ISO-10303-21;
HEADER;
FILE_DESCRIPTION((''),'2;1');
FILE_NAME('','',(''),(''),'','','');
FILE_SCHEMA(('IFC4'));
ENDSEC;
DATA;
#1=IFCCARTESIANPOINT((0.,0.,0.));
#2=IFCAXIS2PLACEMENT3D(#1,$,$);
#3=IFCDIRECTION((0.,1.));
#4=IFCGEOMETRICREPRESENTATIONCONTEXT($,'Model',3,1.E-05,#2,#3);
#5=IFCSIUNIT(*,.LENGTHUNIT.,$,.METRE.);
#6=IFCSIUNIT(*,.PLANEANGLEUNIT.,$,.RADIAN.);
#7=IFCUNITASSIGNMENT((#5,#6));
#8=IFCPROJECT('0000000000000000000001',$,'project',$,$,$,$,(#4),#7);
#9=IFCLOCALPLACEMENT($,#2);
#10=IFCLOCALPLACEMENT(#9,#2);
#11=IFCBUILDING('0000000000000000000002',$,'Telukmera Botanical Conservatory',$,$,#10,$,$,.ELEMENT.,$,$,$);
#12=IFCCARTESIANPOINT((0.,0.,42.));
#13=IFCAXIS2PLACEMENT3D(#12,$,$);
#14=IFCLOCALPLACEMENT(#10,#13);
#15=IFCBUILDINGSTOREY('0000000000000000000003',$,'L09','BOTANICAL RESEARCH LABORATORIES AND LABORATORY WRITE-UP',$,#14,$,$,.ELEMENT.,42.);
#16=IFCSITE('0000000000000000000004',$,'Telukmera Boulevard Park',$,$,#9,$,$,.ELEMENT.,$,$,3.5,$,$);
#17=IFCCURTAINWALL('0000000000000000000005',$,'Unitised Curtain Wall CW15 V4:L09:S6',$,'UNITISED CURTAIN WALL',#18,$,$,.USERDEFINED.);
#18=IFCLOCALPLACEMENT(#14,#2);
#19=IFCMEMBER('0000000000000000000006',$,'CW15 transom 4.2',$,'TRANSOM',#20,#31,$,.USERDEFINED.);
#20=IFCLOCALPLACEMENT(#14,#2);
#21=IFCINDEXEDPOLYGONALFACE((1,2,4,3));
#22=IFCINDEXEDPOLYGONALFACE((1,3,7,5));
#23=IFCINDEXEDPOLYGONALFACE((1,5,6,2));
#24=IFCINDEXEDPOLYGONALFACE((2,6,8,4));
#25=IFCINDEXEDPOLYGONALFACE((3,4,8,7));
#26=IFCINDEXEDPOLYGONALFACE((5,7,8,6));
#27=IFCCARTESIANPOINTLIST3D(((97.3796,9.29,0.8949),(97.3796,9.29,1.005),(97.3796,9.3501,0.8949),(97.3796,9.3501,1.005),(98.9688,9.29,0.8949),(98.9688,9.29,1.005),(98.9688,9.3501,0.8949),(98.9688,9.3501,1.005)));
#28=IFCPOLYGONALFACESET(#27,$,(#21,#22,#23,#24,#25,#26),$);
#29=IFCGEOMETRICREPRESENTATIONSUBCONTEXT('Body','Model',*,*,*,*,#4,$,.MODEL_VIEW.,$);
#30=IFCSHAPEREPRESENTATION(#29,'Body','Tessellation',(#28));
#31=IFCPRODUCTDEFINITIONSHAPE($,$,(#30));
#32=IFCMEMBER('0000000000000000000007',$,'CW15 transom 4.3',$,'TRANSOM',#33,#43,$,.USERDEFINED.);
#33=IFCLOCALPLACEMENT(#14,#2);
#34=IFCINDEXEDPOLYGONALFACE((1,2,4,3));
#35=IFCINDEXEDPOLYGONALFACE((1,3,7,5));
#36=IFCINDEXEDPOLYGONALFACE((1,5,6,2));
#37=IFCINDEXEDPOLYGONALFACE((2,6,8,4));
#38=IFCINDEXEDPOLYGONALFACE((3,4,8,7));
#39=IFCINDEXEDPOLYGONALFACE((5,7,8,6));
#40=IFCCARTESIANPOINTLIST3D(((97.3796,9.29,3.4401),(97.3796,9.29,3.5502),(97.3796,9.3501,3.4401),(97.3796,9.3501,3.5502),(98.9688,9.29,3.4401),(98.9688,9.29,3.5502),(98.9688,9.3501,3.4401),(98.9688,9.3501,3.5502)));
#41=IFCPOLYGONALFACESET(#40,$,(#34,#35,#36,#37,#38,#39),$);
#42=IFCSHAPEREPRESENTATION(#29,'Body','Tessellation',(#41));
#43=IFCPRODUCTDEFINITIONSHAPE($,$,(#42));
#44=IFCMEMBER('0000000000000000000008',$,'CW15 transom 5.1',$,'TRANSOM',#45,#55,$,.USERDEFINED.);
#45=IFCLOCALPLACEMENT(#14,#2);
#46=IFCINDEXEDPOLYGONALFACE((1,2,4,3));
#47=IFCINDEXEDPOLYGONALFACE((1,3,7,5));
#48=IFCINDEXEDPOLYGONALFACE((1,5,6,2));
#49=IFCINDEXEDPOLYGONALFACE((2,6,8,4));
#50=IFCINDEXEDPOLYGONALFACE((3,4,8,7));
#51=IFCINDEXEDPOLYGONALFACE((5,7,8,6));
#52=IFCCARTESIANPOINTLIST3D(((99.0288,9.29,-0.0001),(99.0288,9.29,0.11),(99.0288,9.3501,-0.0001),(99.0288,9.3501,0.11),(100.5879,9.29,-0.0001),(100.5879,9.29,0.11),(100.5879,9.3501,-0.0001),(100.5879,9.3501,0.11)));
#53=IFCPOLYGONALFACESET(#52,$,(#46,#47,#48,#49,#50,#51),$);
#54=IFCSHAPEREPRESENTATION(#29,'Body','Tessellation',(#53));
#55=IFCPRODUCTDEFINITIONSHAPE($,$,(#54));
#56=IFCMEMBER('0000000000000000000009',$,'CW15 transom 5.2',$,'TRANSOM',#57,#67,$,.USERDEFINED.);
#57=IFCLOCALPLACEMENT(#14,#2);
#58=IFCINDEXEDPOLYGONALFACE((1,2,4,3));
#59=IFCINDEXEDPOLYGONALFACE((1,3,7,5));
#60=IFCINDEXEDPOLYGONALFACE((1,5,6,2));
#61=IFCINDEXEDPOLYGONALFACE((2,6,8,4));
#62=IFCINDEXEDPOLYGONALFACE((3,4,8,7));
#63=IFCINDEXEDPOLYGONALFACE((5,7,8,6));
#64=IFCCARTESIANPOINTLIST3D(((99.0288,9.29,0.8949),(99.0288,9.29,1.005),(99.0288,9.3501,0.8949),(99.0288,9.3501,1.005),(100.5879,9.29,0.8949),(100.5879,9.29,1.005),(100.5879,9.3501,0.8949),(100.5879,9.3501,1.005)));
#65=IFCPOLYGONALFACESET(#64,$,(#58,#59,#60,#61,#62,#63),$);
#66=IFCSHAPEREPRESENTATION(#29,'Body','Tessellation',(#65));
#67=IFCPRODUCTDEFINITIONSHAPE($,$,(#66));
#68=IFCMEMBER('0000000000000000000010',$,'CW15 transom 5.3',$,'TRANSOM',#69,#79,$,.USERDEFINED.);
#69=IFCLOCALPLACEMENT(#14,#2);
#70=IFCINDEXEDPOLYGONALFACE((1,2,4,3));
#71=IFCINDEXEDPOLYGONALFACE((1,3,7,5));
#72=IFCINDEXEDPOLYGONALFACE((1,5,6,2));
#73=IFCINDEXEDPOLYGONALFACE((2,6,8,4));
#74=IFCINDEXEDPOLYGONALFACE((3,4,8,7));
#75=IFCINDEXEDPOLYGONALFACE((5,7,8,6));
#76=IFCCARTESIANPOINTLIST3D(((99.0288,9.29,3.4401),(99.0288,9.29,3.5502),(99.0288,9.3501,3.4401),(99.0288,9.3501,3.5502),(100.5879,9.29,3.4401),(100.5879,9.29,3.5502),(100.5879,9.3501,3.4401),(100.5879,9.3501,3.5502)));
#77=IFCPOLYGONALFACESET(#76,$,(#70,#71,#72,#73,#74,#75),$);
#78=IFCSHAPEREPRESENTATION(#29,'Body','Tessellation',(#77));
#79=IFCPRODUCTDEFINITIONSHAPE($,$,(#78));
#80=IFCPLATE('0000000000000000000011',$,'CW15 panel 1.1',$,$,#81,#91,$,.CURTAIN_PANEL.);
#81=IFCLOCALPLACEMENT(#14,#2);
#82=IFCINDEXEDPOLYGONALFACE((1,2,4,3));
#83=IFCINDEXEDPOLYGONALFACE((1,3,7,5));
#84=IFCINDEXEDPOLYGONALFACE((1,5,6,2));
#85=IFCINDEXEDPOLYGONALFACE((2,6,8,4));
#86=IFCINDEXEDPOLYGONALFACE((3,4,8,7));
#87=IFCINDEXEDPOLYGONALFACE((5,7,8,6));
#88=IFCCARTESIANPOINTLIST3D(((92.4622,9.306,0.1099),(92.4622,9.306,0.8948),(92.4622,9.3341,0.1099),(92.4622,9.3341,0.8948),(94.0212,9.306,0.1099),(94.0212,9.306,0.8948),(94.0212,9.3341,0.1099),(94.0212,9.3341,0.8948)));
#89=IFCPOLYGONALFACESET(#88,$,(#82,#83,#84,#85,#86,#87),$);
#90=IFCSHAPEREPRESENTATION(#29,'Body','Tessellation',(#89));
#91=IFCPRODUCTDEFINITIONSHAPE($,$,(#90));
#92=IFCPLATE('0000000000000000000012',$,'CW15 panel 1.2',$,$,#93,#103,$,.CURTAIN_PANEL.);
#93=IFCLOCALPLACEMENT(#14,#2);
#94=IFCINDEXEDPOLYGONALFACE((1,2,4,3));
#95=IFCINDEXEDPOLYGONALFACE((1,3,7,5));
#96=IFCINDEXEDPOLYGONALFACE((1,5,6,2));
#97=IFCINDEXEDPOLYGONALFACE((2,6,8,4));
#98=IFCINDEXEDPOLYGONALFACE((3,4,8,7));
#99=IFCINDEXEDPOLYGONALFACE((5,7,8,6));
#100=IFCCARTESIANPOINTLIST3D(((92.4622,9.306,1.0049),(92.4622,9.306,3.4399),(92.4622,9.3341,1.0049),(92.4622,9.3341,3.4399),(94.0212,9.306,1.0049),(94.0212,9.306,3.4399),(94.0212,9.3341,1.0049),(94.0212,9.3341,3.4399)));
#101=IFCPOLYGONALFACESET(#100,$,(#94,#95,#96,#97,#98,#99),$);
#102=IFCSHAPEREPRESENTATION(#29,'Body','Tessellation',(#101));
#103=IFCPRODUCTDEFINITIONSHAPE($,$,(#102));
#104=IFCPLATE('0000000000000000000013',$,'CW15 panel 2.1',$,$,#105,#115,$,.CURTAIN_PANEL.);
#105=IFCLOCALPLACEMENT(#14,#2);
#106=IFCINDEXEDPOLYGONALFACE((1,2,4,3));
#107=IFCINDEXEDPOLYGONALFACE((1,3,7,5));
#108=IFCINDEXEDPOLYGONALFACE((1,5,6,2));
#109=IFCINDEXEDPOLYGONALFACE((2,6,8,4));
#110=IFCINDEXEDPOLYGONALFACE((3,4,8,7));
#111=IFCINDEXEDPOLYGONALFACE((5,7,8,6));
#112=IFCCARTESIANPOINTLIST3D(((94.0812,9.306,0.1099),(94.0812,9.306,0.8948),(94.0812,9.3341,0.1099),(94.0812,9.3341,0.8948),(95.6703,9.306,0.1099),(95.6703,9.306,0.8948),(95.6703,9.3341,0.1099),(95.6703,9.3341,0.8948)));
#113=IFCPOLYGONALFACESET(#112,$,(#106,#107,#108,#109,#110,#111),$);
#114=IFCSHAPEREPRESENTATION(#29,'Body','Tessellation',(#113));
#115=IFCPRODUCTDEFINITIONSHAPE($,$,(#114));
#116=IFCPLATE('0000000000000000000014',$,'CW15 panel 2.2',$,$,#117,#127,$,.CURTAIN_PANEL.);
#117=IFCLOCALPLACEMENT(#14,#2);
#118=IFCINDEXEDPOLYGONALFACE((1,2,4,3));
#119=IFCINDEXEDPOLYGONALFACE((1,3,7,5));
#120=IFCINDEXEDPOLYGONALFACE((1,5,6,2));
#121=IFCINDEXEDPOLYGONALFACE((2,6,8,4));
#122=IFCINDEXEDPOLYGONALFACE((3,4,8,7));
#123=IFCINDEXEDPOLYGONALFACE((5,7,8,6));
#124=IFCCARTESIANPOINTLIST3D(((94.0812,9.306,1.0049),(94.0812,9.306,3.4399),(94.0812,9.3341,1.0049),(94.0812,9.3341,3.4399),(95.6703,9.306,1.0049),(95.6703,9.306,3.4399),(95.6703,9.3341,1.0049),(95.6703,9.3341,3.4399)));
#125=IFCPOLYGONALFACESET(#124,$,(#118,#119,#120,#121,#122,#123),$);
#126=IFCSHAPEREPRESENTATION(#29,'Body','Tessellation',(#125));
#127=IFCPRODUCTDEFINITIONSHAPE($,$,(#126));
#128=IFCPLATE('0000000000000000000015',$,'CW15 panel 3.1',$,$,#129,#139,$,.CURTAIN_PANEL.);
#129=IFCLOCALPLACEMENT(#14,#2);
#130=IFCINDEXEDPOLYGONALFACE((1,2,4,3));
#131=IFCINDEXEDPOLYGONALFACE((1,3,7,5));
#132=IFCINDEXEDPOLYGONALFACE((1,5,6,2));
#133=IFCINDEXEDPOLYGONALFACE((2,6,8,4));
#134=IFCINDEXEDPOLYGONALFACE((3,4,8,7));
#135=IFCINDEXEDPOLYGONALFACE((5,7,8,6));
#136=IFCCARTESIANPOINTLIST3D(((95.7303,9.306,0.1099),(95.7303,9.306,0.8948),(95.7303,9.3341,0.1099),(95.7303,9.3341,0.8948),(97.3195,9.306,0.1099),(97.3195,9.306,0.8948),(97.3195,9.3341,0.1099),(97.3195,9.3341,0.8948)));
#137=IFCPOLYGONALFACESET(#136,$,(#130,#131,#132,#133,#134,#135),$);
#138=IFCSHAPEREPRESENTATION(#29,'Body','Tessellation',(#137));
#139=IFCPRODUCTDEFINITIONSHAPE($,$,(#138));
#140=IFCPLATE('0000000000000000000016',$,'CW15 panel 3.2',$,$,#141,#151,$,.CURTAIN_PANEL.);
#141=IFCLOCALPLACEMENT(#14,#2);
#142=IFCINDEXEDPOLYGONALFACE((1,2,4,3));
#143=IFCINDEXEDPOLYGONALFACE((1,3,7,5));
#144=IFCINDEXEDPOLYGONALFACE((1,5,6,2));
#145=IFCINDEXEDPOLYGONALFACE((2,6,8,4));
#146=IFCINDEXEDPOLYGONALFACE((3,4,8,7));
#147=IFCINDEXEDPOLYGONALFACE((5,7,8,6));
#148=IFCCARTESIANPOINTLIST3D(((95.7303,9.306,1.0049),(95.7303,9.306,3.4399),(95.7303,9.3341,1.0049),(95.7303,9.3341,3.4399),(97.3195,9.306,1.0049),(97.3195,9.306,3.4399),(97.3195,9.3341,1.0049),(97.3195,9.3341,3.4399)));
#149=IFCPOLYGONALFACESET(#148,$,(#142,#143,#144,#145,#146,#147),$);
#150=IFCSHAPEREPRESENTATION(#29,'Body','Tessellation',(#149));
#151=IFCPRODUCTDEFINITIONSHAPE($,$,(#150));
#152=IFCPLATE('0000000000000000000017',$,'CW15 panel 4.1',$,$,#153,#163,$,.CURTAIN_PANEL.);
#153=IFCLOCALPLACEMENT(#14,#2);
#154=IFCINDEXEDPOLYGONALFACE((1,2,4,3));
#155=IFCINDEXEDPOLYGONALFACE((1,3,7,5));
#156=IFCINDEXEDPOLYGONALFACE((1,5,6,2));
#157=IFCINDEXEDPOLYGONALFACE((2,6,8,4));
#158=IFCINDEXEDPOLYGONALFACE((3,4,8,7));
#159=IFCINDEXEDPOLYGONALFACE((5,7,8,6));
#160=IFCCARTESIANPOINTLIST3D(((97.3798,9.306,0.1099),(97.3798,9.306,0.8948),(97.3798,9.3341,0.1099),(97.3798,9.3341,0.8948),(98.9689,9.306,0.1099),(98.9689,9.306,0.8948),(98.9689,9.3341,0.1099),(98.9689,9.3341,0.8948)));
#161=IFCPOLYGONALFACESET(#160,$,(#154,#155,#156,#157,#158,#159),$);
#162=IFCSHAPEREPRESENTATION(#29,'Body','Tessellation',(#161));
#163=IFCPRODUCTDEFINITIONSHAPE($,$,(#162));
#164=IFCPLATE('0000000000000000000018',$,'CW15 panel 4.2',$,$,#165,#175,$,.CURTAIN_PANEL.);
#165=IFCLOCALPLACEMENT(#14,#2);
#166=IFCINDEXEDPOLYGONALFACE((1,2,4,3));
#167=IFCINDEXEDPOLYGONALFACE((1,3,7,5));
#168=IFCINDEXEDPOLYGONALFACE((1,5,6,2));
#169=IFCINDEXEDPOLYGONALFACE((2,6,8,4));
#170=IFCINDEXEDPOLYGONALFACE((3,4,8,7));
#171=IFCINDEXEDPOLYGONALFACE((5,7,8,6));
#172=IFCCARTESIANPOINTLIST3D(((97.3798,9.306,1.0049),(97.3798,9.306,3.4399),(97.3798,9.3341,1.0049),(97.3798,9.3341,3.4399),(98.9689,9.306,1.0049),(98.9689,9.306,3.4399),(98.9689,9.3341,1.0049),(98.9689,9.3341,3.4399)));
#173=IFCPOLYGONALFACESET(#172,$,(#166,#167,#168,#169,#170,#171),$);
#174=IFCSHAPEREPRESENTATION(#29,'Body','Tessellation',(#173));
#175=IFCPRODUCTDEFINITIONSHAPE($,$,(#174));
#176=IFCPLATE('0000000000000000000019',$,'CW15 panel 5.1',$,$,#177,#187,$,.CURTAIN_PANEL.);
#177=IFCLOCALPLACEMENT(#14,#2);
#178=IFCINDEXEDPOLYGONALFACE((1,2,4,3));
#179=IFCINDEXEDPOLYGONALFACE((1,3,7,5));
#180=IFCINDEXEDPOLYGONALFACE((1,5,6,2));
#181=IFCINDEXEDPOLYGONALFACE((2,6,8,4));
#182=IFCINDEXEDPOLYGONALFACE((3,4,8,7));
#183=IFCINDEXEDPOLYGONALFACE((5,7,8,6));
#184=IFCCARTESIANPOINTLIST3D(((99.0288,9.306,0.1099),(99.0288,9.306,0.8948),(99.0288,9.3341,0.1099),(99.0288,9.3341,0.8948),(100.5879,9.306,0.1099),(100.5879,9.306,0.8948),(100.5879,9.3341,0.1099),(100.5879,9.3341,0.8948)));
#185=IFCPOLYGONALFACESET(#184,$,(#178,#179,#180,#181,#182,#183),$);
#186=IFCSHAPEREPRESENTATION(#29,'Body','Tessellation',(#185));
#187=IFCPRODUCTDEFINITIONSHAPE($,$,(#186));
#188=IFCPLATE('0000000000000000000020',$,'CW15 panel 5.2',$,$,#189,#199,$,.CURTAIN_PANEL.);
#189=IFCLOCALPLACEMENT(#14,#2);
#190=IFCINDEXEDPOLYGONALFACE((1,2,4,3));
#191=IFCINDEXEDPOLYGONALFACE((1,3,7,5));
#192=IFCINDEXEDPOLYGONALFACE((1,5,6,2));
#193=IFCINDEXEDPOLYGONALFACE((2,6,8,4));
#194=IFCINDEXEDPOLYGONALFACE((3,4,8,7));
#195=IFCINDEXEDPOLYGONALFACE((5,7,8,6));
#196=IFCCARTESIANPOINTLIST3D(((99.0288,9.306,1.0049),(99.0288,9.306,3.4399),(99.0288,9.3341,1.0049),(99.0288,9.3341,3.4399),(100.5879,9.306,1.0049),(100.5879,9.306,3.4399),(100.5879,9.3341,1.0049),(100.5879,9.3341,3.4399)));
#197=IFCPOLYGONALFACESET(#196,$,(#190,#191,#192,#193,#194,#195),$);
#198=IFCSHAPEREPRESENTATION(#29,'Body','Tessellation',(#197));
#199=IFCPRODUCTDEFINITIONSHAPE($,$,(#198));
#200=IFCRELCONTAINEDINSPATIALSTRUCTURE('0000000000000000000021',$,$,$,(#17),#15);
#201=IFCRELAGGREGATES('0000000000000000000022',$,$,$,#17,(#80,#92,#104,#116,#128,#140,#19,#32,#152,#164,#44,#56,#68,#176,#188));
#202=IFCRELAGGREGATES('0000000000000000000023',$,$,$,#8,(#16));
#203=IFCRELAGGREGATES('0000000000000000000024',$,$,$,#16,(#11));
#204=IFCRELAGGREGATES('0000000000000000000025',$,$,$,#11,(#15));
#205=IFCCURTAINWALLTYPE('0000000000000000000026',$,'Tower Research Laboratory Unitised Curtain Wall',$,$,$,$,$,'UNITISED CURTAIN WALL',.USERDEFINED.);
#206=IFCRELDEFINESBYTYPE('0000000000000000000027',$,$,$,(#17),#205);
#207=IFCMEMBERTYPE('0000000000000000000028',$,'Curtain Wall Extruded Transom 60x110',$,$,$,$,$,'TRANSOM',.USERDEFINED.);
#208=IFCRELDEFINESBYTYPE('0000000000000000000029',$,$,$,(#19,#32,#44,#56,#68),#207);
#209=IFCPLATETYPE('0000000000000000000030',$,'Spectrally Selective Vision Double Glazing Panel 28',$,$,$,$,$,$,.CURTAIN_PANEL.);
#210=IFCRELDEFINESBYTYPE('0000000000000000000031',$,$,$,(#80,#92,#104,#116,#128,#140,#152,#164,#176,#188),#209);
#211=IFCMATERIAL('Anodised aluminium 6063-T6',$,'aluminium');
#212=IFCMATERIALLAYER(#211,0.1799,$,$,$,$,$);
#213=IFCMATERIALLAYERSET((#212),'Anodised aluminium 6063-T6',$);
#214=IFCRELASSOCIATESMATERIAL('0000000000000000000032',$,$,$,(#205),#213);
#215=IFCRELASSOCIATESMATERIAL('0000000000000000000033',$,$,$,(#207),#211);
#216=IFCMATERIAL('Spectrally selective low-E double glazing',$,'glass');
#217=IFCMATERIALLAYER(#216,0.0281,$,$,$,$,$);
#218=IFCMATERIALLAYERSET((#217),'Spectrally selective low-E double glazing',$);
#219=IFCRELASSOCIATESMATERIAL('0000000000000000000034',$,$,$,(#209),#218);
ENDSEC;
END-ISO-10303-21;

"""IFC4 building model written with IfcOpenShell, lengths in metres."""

from ifc_helpers import new_model, si_unit, direction, frame, origin, origin_2d, place, context, subcontext, project, spatial, rectangle, extrude, material, layer, layer_set, material_profile, profile_set, type_object, element, aggregate, save


model = new_model("IFC4")

# Units and contexts
model_context = context("Model", 3, precision=1e-05, world=origin(), true_north=direction((0.0, 1.0)))
body_context = subcontext(model_context, "Body", "Model", "MODEL_VIEW")
ifc_project = project(units=[si_unit("LENGTHUNIT", "METRE"), si_unit("PLANEANGLEUNIT", "RADIAN")], contexts=[model_context])

# Site, building, storey
site_placement = place(None, origin())
site = spatial("IfcSite", under=ifc_project, at=site_placement, Name="Telukmera Boulevard Park", CompositionType="ELEMENT", RefElevation=3.5)
building_placement = place(site_placement, origin())
building = spatial("IfcBuilding", under=site, at=building_placement, Name="Telukmera Botanical Conservatory", CompositionType="ELEMENT")
storey_placement = place(building_placement, frame((0.0, 0.0, 42.0)))
storey = spatial("IfcBuildingStorey", under=building, at=storey_placement, Name="L09", Description="BOTANICAL RESEARCH LABORATORIES AND LABORATORY WRITE-UP", CompositionType="ELEMENT", Elevation=42.0)

# Curtain wall, members, plates
ifc_material_1 = material(Name="Anodised aluminium 6063-T6", Category="aluminium")
ifc_layer_1 = layer(ifc_material_1, 0.1799)
ifc_layer_set_1 = layer_set([ifc_layer_1], Name="Anodised aluminium 6063-T6")
curtain_wall_type = type_object("IfcCurtainWallType", Name="Tower Research Laboratory Unitised Curtain Wall", ElementType="UNITISED CURTAIN WALL", PredefinedType="USERDEFINED", material=ifc_layer_set_1)
curtain_wall_placement = place(storey_placement, origin())
curtain_wall = element("IfcCurtainWall", 1, at=curtain_wall_placement, inside=storey, type_object=curtain_wall_type, Name="Unitised Curtain Wall CW15 V4:L09:S6", ObjectType="UNITISED CURTAIN WALL", PredefinedType="USERDEFINED")
ifc_material_profile_1 = material_profile(ifc_material_1, rectangle(XDim=0.0601, YDim=0.1101, at=origin_2d()), Name="ALU TRAN 60x110")
ifc_profile_set_1 = profile_set([ifc_material_profile_1], Name="Anodised aluminium 6063-T6")
member_type_1 = type_object("IfcMemberType", Name="Curtain Wall Extruded Transom 60x110", ElementType="TRANSOM", PredefinedType="USERDEFINED", material=ifc_profile_set_1)
member_1_placement = place(storey_placement, frame((97.3796, 9.3201, 0.95), z_axis=(1.0, 0.0, 0.0), x_axis=(0.0, 1.0, 0.0)))
member_1 = element("IfcMember", 2, at=member_1_placement, type_object=member_type_1, Name="CW15 transom 4.2", ObjectType="TRANSOM", PredefinedType="USERDEFINED", context=body_context, shape_type="SweptSolid", body=[
    extrude(rectangle(XDim=0.0601, YDim=0.1101, at=origin_2d()), origin(), (0.0, 0.0, 1.0), 1.5891),
])
member_2_placement = place(storey_placement, frame((97.3796, 9.3201, 3.4951), z_axis=(1.0, 0.0, 0.0), x_axis=(0.0, 1.0, 0.0)))
member_2 = element("IfcMember", 3, at=member_2_placement, type_object=member_type_1, Name="CW15 transom 4.3", ObjectType="TRANSOM", PredefinedType="USERDEFINED", context=body_context, shape_type="SweptSolid", body=[
    extrude(rectangle(XDim=0.0601, YDim=0.1101, at=origin_2d()), origin(), (0.0, 0.0, 1.0), 1.5891),
])
member_3_placement = place(storey_placement, frame((99.0288, 9.3201, 0.0549), z_axis=(1.0, 0.0, 0.0), x_axis=(0.0, 1.0, 0.0)))
member_3 = element("IfcMember", 4, at=member_3_placement, type_object=member_type_1, Name="CW15 transom 5.1", ObjectType="TRANSOM", PredefinedType="USERDEFINED", context=body_context, shape_type="SweptSolid", body=[
    extrude(rectangle(XDim=0.0601, YDim=0.1101, at=origin_2d()), origin(), (0.0, 0.0, 1.0), 1.5591),
])
member_4_placement = place(storey_placement, frame((99.0288, 9.3201, 0.95), z_axis=(1.0, 0.0, 0.0), x_axis=(0.0, 1.0, 0.0)))
member_4 = element("IfcMember", 5, at=member_4_placement, type_object=member_type_1, Name="CW15 transom 5.2", ObjectType="TRANSOM", PredefinedType="USERDEFINED", context=body_context, shape_type="SweptSolid", body=[
    extrude(rectangle(XDim=0.0601, YDim=0.1101, at=origin_2d()), origin(), (0.0, 0.0, 1.0), 1.5591),
])
member_5_placement = place(storey_placement, frame((99.0288, 9.3201, 3.4951), z_axis=(1.0, 0.0, 0.0), x_axis=(0.0, 1.0, 0.0)))
member_5 = element("IfcMember", 6, at=member_5_placement, type_object=member_type_1, Name="CW15 transom 5.3", ObjectType="TRANSOM", PredefinedType="USERDEFINED", context=body_context, shape_type="SweptSolid", body=[
    extrude(rectangle(XDim=0.0601, YDim=0.1101, at=origin_2d()), origin(), (0.0, 0.0, 1.0), 1.5591),
])
ifc_material_2 = material(Name="Spectrally selective low-E double glazing", Category="glass")
ifc_layer_2 = layer(ifc_material_2, 0.0281)
ifc_layer_set_2 = layer_set([ifc_layer_2], Name="Spectrally selective low-E double glazing")
plate_type = type_object("IfcPlateType", Name="Spectrally Selective Vision Double Glazing Panel 28", PredefinedType="CURTAIN_PANEL", material=ifc_layer_set_2)
plate_1_placement = place(storey_placement, frame((93.2417, 9.3201, 0.1099), z_axis=(0.0, 0.0, 1.0), x_axis=(1.0, 0.0, 0.0)))
plate_1 = element("IfcPlate", 7, at=plate_1_placement, type_object=plate_type, Name="CW15 panel 1.1", PredefinedType="CURTAIN_PANEL", context=body_context, shape_type="SweptSolid", body=[
    extrude(rectangle(XDim=1.5591, YDim=0.0281, at=origin_2d()), origin(), (0.0, 0.0, 1.0), 0.7849),
])
plate_2_placement = place(storey_placement, frame((93.2417, 9.3201, 1.0049), z_axis=(0.0, 0.0, 1.0), x_axis=(1.0, 0.0, 0.0)))
plate_2 = element("IfcPlate", 8, at=plate_2_placement, type_object=plate_type, Name="CW15 panel 1.2", PredefinedType="CURTAIN_PANEL", context=body_context, shape_type="SweptSolid", body=[
    extrude(rectangle(XDim=1.5591, YDim=0.0281, at=origin_2d()), origin(), (0.0, 0.0, 1.0), 2.4351),
])
plate_3_placement = place(storey_placement, frame((94.8757, 9.3201, 0.1099), z_axis=(0.0, 0.0, 1.0), x_axis=(1.0, 0.0, 0.0)))
plate_3 = element("IfcPlate", 9, at=plate_3_placement, type_object=plate_type, Name="CW15 panel 2.1", PredefinedType="CURTAIN_PANEL", context=body_context, shape_type="SweptSolid", body=[
    extrude(rectangle(XDim=1.5891, YDim=0.0281, at=origin_2d()), origin(), (0.0, 0.0, 1.0), 0.7849),
])
plate_4_placement = place(storey_placement, frame((94.8757, 9.3201, 1.0049), z_axis=(0.0, 0.0, 1.0), x_axis=(1.0, 0.0, 0.0)))
plate_4 = element("IfcPlate", 10, at=plate_4_placement, type_object=plate_type, Name="CW15 panel 2.2", PredefinedType="CURTAIN_PANEL", context=body_context, shape_type="SweptSolid", body=[
    extrude(rectangle(XDim=1.5891, YDim=0.0281, at=origin_2d()), origin(), (0.0, 0.0, 1.0), 2.4351),
])
plate_5_placement = place(storey_placement, frame((96.5249, 9.3201, 0.1099), z_axis=(0.0, 0.0, 1.0), x_axis=(1.0, 0.0, 0.0)))
plate_5 = element("IfcPlate", 11, at=plate_5_placement, type_object=plate_type, Name="CW15 panel 3.1", PredefinedType="CURTAIN_PANEL", context=body_context, shape_type="SweptSolid", body=[
    extrude(rectangle(XDim=1.5891, YDim=0.0281, at=origin_2d()), origin(), (0.0, 0.0, 1.0), 0.7849),
])
plate_6_placement = place(storey_placement, frame((96.5249, 9.3201, 1.0049), z_axis=(0.0, 0.0, 1.0), x_axis=(1.0, 0.0, 0.0)))
plate_6 = element("IfcPlate", 12, at=plate_6_placement, type_object=plate_type, Name="CW15 panel 3.2", PredefinedType="CURTAIN_PANEL", context=body_context, shape_type="SweptSolid", body=[
    extrude(rectangle(XDim=1.5891, YDim=0.0281, at=origin_2d()), origin(), (0.0, 0.0, 1.0), 2.4351),
])
plate_7_placement = place(storey_placement, frame((98.1743, 9.3201, 0.1099), z_axis=(0.0, 0.0, 1.0), x_axis=(1.0, 0.0, 0.0)))
plate_7 = element("IfcPlate", 13, at=plate_7_placement, type_object=plate_type, Name="CW15 panel 4.1", PredefinedType="CURTAIN_PANEL", context=body_context, shape_type="SweptSolid", body=[
    extrude(rectangle(XDim=1.5891, YDim=0.0281, at=origin_2d()), origin(), (0.0, 0.0, 1.0), 0.7849),
])
plate_8_placement = place(storey_placement, frame((98.1743, 9.3201, 1.0049), z_axis=(0.0, 0.0, 1.0), x_axis=(1.0, 0.0, 0.0)))
plate_8 = element("IfcPlate", 14, at=plate_8_placement, type_object=plate_type, Name="CW15 panel 4.2", PredefinedType="CURTAIN_PANEL", context=body_context, shape_type="SweptSolid", body=[
    extrude(rectangle(XDim=1.5891, YDim=0.0281, at=origin_2d()), origin(), (0.0, 0.0, 1.0), 2.4351),
])
plate_9_placement = place(storey_placement, frame((99.8083, 9.3201, 0.1099), z_axis=(0.0, 0.0, 1.0), x_axis=(1.0, 0.0, 0.0)))
plate_9 = element("IfcPlate", 15, at=plate_9_placement, type_object=plate_type, Name="CW15 panel 5.1", PredefinedType="CURTAIN_PANEL", context=body_context, shape_type="SweptSolid", body=[
    extrude(rectangle(XDim=1.5591, YDim=0.0281, at=origin_2d()), origin(), (0.0, 0.0, 1.0), 0.7849),
])
plate_10_placement = place(storey_placement, frame((99.8083, 9.3201, 1.0049), z_axis=(0.0, 0.0, 1.0), x_axis=(1.0, 0.0, 0.0)))
plate_10 = element("IfcPlate", 16, at=plate_10_placement, type_object=plate_type, Name="CW15 panel 5.2", PredefinedType="CURTAIN_PANEL", context=body_context, shape_type="SweptSolid", body=[
    extrude(rectangle(XDim=1.5591, YDim=0.0281, at=origin_2d()), origin(), (0.0, 0.0, 1.0), 2.4351),
])
aggregate(curtain_wall, [plate_1, plate_2, plate_3, plate_4, plate_5, plate_6, member_1, member_2, plate_7, plate_8, member_3, member_4, member_5, plate_9, plate_10])

save(model, "model.ifc")
